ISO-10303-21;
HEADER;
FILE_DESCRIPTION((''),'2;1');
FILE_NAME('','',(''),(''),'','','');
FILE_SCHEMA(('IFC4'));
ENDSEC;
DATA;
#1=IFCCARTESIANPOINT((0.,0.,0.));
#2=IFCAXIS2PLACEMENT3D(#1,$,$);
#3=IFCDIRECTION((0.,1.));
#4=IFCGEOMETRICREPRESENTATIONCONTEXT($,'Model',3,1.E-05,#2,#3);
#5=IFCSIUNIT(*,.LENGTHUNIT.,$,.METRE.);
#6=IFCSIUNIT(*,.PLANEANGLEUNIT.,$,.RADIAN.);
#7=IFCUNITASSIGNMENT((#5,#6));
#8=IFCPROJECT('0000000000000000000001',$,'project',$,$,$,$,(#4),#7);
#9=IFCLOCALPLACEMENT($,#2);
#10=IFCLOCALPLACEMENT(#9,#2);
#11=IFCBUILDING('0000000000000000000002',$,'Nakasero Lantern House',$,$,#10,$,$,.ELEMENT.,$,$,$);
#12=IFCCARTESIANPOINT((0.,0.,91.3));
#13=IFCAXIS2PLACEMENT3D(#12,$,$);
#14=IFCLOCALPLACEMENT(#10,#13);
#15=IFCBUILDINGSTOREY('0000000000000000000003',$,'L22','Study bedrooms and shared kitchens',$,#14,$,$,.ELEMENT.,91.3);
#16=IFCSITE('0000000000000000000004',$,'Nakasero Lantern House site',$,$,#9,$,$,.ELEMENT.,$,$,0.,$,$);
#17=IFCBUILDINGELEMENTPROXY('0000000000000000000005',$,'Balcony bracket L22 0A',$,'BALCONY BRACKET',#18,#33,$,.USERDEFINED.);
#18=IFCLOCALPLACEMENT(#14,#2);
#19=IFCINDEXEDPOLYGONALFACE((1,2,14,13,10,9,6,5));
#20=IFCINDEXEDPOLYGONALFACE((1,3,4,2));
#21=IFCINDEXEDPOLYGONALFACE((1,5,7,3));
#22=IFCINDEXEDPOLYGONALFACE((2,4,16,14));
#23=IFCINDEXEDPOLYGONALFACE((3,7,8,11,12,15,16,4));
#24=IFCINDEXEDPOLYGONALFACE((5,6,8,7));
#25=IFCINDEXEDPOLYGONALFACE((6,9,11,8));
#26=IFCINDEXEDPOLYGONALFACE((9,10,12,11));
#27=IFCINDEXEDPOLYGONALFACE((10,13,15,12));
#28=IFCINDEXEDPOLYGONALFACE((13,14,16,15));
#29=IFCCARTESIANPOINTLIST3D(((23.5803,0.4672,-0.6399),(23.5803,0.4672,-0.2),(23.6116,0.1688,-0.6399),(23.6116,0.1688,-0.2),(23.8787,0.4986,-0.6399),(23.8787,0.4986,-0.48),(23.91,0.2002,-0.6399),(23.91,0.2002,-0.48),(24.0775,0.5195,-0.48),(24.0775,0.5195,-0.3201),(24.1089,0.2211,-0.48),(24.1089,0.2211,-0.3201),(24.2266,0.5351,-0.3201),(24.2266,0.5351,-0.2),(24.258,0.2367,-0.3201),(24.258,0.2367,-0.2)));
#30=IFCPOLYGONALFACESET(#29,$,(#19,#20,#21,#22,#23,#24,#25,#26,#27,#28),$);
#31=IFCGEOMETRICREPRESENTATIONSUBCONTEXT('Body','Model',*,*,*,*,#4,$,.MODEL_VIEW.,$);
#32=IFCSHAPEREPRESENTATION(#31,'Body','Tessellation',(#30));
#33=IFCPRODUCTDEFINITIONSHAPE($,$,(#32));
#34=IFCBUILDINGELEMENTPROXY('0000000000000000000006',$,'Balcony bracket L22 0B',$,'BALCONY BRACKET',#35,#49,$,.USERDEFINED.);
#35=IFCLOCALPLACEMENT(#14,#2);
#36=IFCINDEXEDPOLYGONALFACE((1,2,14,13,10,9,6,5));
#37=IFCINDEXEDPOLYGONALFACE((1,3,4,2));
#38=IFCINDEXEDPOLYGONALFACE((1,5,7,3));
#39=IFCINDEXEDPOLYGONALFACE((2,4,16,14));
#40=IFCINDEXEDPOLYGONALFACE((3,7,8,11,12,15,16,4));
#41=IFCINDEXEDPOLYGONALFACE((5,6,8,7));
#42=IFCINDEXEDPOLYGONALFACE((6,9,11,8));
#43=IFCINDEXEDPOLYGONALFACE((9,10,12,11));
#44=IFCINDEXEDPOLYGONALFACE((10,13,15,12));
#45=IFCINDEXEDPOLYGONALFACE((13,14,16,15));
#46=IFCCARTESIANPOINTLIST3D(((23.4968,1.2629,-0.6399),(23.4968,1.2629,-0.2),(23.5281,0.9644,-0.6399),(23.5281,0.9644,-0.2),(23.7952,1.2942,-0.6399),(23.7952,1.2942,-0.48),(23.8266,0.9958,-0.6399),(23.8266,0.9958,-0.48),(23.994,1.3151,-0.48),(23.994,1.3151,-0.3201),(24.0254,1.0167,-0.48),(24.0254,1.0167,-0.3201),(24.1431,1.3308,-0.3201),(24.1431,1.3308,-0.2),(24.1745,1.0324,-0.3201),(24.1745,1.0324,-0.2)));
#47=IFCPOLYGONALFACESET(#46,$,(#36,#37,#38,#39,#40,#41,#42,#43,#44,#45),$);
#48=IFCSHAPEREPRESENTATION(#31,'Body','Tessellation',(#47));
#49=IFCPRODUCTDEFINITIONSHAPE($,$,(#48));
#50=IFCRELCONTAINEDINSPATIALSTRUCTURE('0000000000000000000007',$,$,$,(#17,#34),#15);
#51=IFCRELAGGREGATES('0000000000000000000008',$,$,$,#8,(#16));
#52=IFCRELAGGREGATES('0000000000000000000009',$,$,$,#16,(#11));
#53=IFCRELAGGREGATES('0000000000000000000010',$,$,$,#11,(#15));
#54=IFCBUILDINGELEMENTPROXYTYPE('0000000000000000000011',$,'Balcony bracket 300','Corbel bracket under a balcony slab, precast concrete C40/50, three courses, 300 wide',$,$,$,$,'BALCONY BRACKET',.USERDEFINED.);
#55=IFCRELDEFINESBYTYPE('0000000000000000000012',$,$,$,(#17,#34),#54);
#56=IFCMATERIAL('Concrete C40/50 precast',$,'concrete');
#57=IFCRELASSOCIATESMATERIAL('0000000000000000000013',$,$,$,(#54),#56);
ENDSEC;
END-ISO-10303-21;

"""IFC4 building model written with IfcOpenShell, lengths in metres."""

from ifc_helpers import new_model, si_unit, direction, frame, origin, place, context, subcontext, project, spatial, polyline, outline, extrude, material, type_object, element, save


model = new_model("IFC4")

# Units and contexts
model_context = context("Model", 3, precision=1e-05, world=origin(), true_north=direction((0.0, 1.0)))
body_context = subcontext(model_context, "Body", "Model", "MODEL_VIEW")
ifc_project = project(units=[si_unit("LENGTHUNIT", "METRE"), si_unit("PLANEANGLEUNIT", "RADIAN")], contexts=[model_context])

# Site, building, storey
site_placement = place(None, origin())
site = spatial("IfcSite", under=ifc_project, at=site_placement, Name="Nakasero Lantern House site", CompositionType="ELEMENT", RefElevation=0.0)
building_placement = place(site_placement, origin())
building = spatial("IfcBuilding", under=site, at=building_placement, Name="Nakasero Lantern House", CompositionType="ELEMENT")
storey_placement = place(building_placement, frame((0.0, 0.0, 91.3)))
storey = spatial("IfcBuildingStorey", under=building, at=storey_placement, Name="L22", Description="Study bedrooms and shared kitchens", CompositionType="ELEMENT", Elevation=91.3)

# Building element proxies
ifc_material_1 = material(Name="Concrete C40/50 precast", Category="concrete")
building_element_proxy_type = type_object("IfcBuildingElementProxyType", Name="Balcony bracket 300", Description="Corbel bracket under a balcony slab, precast concrete C40/50, three courses, 300 wide", ElementType="BALCONY BRACKET", PredefinedType="USERDEFINED", material=ifc_material_1)
for number, where, z_axis, x_axis, name in (
    (1, (23.5959, 0.3181, -0.2), (0.0, 0.0, 1.0), (0.994522, 0.104528, 0.0), "Balcony bracket L22 0A"),
    (2, (23.5125, 1.1138, -0.2), (0.0, 0.0, 1.0), (0.994522, 0.104528, 0.0), "Balcony bracket L22 0B"),
):
    element("IfcBuildingElementProxy", number, at=place(storey_placement, frame(where, z_axis=z_axis, x_axis=x_axis)), inside=storey, type_object=building_element_proxy_type, Name=name, ObjectType="BALCONY BRACKET", PredefinedType="USERDEFINED", context=body_context, shape_type="SweptSolid", body=[
        extrude(outline(polyline([(0.0, 0.0), (0.6499, 0.0), (0.6499, -0.1201), (0.5, -0.1201), (0.5, -0.28), (0.3, -0.28), (0.3, -0.4399), (0.0, -0.4399), (0.0, 0.0)])), frame((0.0, 0.1499, 0.0), z_axis=(0.0, -1.0, 0.0), x_axis=(1.0, 0.0, 0.0)), (0.0, 0.0, 1.0), 0.3),
    ])

save(model, "model.ifc")
